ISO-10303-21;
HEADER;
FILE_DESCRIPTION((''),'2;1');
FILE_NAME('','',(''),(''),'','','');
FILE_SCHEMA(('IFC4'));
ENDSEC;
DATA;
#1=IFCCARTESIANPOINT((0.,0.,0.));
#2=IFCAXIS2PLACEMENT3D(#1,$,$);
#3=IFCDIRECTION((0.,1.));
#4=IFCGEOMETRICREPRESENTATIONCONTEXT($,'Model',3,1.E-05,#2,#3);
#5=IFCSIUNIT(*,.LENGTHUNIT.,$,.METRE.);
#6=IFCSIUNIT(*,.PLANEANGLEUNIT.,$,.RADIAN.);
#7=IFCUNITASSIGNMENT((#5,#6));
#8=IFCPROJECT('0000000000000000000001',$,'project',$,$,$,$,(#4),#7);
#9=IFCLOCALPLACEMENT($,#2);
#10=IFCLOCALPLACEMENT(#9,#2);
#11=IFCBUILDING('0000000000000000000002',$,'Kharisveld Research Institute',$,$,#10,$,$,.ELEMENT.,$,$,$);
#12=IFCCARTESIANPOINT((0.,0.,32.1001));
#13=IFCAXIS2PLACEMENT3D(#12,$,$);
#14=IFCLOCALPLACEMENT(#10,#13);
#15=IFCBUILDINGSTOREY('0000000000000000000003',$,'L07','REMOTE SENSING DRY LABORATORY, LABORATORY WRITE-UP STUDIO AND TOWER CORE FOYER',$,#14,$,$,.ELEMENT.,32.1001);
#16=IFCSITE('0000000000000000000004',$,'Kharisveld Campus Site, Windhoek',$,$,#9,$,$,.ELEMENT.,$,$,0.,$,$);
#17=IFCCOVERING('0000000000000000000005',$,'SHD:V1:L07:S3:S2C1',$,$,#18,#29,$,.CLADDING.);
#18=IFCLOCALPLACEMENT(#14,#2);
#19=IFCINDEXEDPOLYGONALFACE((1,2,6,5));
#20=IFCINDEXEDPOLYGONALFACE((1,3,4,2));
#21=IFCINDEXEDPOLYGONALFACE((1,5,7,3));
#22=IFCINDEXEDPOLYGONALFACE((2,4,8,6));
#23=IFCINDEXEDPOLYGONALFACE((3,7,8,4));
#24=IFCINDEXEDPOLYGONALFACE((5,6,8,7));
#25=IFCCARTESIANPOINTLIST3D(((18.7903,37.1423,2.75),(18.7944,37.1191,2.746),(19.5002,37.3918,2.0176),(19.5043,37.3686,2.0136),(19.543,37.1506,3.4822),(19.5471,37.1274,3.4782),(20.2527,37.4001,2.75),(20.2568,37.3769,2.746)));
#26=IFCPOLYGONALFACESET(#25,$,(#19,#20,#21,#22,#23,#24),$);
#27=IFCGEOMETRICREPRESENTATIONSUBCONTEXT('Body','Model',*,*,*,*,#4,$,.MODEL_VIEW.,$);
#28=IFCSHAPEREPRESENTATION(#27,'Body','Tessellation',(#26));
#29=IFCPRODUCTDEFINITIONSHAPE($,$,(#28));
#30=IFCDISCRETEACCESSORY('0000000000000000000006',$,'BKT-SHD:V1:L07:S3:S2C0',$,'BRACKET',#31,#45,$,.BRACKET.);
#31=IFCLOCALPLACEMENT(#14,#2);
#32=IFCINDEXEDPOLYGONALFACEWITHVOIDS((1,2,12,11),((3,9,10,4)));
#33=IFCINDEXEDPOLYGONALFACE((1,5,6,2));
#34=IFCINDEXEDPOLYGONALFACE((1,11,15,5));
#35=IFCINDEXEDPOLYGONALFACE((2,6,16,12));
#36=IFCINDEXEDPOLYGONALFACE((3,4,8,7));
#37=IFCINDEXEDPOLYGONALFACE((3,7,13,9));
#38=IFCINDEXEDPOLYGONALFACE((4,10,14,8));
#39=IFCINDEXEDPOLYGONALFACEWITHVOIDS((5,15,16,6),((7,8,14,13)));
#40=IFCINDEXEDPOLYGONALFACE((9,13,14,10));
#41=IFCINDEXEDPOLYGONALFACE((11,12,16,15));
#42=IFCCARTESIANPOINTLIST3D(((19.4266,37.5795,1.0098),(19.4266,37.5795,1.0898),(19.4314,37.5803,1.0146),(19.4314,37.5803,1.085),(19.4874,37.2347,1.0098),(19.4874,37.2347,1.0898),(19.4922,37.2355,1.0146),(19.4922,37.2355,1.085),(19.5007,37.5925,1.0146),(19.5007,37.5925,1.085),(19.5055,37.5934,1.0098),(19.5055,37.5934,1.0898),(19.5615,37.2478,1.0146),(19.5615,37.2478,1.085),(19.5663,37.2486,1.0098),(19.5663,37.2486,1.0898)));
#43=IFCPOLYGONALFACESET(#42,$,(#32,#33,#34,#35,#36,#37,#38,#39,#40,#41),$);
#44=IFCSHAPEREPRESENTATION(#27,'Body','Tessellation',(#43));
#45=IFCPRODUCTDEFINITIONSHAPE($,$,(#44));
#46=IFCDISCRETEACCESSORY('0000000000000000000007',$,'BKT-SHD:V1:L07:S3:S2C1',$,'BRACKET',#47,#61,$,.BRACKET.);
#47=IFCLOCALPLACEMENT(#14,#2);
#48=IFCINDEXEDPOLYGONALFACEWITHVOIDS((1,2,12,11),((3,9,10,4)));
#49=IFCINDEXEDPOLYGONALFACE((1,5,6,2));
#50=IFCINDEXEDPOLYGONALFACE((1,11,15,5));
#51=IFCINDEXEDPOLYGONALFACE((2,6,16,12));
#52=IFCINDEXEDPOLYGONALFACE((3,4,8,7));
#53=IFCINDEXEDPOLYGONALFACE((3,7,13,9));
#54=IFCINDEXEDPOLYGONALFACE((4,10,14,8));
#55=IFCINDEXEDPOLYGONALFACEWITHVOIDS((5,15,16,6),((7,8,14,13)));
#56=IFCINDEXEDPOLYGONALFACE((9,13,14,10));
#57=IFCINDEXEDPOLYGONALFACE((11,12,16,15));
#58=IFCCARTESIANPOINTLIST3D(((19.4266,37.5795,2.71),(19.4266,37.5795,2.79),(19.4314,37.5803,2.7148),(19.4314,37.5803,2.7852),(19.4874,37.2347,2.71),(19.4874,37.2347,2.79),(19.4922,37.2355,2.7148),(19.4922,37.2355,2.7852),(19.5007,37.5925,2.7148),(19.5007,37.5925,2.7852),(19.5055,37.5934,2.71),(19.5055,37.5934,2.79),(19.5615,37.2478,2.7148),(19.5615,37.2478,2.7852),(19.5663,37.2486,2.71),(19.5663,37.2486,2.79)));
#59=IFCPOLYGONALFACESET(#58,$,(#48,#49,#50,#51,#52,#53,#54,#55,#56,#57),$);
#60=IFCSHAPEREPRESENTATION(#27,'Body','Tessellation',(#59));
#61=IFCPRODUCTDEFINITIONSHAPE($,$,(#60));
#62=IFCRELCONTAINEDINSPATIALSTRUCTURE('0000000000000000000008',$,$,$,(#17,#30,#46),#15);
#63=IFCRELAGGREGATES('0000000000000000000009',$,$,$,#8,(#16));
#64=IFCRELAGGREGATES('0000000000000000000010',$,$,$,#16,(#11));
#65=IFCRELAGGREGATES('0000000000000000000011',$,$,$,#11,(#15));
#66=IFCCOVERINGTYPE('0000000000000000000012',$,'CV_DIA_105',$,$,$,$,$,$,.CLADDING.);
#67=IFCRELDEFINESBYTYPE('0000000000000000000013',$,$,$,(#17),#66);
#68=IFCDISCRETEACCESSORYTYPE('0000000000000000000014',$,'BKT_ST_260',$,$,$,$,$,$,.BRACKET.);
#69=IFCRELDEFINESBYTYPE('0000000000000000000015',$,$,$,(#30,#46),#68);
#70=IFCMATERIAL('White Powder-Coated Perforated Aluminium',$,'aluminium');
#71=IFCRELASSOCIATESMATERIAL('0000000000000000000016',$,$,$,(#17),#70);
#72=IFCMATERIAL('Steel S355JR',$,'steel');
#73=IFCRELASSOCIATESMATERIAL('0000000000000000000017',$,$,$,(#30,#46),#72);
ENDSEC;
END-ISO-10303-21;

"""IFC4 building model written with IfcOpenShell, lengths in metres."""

from ifc_helpers import new_model, si_unit, direction, frame, origin, origin_2d, place, context, subcontext, project, spatial, polyline, hollow_rectangle, outline, extrude, material, type_object, element, save


model = new_model("IFC4")

# Units and contexts
model_context = context("Model", 3, precision=1e-05, world=origin(), true_north=direction((0.0, 1.0)))
body_context = subcontext(model_context, "Body", "Model", "MODEL_VIEW")
ifc_project = project(units=[si_unit("LENGTHUNIT", "METRE"), si_unit("PLANEANGLEUNIT", "RADIAN")], contexts=[model_context])

# Site, building, storey
site_placement = place(None, origin())
site = spatial("IfcSite", under=ifc_project, at=site_placement, Name="Kharisveld Campus Site, Windhoek", CompositionType="ELEMENT", RefElevation=0.0)
building_placement = place(site_placement, origin())
building = spatial("IfcBuilding", under=site, at=building_placement, Name="Kharisveld Research Institute", CompositionType="ELEMENT")
storey_placement = place(building_placement, frame((0.0, 0.0, 32.1001)))
storey = spatial("IfcBuildingStorey", under=building, at=storey_placement, Name="L07", Description="REMOTE SENSING DRY LABORATORY, LABORATORY WRITE-UP STUDIO AND TOWER CORE FOYER", CompositionType="ELEMENT", Elevation=32.1001)

# Covering
ifc_material_1 = material(Name="White Powder-Coated Perforated Aluminium", Category="aluminium")
covering_type = type_object("IfcCoveringType", Name="CV_DIA_105", PredefinedType="CLADDING")
covering_1_placement = place(storey_placement, frame((19.5002, 37.3918, 2.0176), z_axis=(-0.171238, 0.971321, 0.164966), x_axis=(-0.676072, -0.237642, 0.697462)))
element("IfcCovering", 1, at=covering_1_placement, inside=storey, type_object=covering_type, material=ifc_material_1, Name="SHD:V1:L07:S3:S2C1", PredefinedType="CLADDING", context=body_context, shape_type="SweptSolid", body=[
    extrude(outline(polyline([(0.0, 0.0), (1.0501, 0.0), (1.0499, 1.0501), (0.0002, 1.0501), (0.0, 0.0)])), origin(), (0.0, 0.0, -1.0), 0.0239),
])

# Discrete accessories
ifc_material_2 = material(Name="Steel S355JR", Category="steel")
discrete_accessory_type = type_object("IfcDiscreteAccessoryType", Name="BKT_ST_260", PredefinedType="BRACKET")
for number, where, z_axis, x_axis, name in (
    (2, (19.4661, 37.5864, 1.0498), (0.173666, -0.984805, 0.0), (0.984805, 0.173666, 0.0), "BKT-SHD:V1:L07:S3:S2C0"),
    (3, (19.4661, 37.5864, 2.75), (0.173666, -0.984805, 0.0), (0.984805, 0.173666, 0.0), "BKT-SHD:V1:L07:S3:S2C1"),
):
    element("IfcDiscreteAccessory", number, at=place(storey_placement, frame(where, z_axis=z_axis, x_axis=x_axis)), inside=storey, type_object=discrete_accessory_type, material=ifc_material_2, Name=name, ObjectType="BRACKET", PredefinedType="BRACKET", context=body_context, shape_type="SweptSolid", body=[
        extrude(hollow_rectangle(XDim=0.0801, YDim=0.0801, WallThickness=0.0049, at=origin_2d()), origin(), (0.0, 0.0, 1.0), 0.3501),
    ])

save(model, "model.ifc")
